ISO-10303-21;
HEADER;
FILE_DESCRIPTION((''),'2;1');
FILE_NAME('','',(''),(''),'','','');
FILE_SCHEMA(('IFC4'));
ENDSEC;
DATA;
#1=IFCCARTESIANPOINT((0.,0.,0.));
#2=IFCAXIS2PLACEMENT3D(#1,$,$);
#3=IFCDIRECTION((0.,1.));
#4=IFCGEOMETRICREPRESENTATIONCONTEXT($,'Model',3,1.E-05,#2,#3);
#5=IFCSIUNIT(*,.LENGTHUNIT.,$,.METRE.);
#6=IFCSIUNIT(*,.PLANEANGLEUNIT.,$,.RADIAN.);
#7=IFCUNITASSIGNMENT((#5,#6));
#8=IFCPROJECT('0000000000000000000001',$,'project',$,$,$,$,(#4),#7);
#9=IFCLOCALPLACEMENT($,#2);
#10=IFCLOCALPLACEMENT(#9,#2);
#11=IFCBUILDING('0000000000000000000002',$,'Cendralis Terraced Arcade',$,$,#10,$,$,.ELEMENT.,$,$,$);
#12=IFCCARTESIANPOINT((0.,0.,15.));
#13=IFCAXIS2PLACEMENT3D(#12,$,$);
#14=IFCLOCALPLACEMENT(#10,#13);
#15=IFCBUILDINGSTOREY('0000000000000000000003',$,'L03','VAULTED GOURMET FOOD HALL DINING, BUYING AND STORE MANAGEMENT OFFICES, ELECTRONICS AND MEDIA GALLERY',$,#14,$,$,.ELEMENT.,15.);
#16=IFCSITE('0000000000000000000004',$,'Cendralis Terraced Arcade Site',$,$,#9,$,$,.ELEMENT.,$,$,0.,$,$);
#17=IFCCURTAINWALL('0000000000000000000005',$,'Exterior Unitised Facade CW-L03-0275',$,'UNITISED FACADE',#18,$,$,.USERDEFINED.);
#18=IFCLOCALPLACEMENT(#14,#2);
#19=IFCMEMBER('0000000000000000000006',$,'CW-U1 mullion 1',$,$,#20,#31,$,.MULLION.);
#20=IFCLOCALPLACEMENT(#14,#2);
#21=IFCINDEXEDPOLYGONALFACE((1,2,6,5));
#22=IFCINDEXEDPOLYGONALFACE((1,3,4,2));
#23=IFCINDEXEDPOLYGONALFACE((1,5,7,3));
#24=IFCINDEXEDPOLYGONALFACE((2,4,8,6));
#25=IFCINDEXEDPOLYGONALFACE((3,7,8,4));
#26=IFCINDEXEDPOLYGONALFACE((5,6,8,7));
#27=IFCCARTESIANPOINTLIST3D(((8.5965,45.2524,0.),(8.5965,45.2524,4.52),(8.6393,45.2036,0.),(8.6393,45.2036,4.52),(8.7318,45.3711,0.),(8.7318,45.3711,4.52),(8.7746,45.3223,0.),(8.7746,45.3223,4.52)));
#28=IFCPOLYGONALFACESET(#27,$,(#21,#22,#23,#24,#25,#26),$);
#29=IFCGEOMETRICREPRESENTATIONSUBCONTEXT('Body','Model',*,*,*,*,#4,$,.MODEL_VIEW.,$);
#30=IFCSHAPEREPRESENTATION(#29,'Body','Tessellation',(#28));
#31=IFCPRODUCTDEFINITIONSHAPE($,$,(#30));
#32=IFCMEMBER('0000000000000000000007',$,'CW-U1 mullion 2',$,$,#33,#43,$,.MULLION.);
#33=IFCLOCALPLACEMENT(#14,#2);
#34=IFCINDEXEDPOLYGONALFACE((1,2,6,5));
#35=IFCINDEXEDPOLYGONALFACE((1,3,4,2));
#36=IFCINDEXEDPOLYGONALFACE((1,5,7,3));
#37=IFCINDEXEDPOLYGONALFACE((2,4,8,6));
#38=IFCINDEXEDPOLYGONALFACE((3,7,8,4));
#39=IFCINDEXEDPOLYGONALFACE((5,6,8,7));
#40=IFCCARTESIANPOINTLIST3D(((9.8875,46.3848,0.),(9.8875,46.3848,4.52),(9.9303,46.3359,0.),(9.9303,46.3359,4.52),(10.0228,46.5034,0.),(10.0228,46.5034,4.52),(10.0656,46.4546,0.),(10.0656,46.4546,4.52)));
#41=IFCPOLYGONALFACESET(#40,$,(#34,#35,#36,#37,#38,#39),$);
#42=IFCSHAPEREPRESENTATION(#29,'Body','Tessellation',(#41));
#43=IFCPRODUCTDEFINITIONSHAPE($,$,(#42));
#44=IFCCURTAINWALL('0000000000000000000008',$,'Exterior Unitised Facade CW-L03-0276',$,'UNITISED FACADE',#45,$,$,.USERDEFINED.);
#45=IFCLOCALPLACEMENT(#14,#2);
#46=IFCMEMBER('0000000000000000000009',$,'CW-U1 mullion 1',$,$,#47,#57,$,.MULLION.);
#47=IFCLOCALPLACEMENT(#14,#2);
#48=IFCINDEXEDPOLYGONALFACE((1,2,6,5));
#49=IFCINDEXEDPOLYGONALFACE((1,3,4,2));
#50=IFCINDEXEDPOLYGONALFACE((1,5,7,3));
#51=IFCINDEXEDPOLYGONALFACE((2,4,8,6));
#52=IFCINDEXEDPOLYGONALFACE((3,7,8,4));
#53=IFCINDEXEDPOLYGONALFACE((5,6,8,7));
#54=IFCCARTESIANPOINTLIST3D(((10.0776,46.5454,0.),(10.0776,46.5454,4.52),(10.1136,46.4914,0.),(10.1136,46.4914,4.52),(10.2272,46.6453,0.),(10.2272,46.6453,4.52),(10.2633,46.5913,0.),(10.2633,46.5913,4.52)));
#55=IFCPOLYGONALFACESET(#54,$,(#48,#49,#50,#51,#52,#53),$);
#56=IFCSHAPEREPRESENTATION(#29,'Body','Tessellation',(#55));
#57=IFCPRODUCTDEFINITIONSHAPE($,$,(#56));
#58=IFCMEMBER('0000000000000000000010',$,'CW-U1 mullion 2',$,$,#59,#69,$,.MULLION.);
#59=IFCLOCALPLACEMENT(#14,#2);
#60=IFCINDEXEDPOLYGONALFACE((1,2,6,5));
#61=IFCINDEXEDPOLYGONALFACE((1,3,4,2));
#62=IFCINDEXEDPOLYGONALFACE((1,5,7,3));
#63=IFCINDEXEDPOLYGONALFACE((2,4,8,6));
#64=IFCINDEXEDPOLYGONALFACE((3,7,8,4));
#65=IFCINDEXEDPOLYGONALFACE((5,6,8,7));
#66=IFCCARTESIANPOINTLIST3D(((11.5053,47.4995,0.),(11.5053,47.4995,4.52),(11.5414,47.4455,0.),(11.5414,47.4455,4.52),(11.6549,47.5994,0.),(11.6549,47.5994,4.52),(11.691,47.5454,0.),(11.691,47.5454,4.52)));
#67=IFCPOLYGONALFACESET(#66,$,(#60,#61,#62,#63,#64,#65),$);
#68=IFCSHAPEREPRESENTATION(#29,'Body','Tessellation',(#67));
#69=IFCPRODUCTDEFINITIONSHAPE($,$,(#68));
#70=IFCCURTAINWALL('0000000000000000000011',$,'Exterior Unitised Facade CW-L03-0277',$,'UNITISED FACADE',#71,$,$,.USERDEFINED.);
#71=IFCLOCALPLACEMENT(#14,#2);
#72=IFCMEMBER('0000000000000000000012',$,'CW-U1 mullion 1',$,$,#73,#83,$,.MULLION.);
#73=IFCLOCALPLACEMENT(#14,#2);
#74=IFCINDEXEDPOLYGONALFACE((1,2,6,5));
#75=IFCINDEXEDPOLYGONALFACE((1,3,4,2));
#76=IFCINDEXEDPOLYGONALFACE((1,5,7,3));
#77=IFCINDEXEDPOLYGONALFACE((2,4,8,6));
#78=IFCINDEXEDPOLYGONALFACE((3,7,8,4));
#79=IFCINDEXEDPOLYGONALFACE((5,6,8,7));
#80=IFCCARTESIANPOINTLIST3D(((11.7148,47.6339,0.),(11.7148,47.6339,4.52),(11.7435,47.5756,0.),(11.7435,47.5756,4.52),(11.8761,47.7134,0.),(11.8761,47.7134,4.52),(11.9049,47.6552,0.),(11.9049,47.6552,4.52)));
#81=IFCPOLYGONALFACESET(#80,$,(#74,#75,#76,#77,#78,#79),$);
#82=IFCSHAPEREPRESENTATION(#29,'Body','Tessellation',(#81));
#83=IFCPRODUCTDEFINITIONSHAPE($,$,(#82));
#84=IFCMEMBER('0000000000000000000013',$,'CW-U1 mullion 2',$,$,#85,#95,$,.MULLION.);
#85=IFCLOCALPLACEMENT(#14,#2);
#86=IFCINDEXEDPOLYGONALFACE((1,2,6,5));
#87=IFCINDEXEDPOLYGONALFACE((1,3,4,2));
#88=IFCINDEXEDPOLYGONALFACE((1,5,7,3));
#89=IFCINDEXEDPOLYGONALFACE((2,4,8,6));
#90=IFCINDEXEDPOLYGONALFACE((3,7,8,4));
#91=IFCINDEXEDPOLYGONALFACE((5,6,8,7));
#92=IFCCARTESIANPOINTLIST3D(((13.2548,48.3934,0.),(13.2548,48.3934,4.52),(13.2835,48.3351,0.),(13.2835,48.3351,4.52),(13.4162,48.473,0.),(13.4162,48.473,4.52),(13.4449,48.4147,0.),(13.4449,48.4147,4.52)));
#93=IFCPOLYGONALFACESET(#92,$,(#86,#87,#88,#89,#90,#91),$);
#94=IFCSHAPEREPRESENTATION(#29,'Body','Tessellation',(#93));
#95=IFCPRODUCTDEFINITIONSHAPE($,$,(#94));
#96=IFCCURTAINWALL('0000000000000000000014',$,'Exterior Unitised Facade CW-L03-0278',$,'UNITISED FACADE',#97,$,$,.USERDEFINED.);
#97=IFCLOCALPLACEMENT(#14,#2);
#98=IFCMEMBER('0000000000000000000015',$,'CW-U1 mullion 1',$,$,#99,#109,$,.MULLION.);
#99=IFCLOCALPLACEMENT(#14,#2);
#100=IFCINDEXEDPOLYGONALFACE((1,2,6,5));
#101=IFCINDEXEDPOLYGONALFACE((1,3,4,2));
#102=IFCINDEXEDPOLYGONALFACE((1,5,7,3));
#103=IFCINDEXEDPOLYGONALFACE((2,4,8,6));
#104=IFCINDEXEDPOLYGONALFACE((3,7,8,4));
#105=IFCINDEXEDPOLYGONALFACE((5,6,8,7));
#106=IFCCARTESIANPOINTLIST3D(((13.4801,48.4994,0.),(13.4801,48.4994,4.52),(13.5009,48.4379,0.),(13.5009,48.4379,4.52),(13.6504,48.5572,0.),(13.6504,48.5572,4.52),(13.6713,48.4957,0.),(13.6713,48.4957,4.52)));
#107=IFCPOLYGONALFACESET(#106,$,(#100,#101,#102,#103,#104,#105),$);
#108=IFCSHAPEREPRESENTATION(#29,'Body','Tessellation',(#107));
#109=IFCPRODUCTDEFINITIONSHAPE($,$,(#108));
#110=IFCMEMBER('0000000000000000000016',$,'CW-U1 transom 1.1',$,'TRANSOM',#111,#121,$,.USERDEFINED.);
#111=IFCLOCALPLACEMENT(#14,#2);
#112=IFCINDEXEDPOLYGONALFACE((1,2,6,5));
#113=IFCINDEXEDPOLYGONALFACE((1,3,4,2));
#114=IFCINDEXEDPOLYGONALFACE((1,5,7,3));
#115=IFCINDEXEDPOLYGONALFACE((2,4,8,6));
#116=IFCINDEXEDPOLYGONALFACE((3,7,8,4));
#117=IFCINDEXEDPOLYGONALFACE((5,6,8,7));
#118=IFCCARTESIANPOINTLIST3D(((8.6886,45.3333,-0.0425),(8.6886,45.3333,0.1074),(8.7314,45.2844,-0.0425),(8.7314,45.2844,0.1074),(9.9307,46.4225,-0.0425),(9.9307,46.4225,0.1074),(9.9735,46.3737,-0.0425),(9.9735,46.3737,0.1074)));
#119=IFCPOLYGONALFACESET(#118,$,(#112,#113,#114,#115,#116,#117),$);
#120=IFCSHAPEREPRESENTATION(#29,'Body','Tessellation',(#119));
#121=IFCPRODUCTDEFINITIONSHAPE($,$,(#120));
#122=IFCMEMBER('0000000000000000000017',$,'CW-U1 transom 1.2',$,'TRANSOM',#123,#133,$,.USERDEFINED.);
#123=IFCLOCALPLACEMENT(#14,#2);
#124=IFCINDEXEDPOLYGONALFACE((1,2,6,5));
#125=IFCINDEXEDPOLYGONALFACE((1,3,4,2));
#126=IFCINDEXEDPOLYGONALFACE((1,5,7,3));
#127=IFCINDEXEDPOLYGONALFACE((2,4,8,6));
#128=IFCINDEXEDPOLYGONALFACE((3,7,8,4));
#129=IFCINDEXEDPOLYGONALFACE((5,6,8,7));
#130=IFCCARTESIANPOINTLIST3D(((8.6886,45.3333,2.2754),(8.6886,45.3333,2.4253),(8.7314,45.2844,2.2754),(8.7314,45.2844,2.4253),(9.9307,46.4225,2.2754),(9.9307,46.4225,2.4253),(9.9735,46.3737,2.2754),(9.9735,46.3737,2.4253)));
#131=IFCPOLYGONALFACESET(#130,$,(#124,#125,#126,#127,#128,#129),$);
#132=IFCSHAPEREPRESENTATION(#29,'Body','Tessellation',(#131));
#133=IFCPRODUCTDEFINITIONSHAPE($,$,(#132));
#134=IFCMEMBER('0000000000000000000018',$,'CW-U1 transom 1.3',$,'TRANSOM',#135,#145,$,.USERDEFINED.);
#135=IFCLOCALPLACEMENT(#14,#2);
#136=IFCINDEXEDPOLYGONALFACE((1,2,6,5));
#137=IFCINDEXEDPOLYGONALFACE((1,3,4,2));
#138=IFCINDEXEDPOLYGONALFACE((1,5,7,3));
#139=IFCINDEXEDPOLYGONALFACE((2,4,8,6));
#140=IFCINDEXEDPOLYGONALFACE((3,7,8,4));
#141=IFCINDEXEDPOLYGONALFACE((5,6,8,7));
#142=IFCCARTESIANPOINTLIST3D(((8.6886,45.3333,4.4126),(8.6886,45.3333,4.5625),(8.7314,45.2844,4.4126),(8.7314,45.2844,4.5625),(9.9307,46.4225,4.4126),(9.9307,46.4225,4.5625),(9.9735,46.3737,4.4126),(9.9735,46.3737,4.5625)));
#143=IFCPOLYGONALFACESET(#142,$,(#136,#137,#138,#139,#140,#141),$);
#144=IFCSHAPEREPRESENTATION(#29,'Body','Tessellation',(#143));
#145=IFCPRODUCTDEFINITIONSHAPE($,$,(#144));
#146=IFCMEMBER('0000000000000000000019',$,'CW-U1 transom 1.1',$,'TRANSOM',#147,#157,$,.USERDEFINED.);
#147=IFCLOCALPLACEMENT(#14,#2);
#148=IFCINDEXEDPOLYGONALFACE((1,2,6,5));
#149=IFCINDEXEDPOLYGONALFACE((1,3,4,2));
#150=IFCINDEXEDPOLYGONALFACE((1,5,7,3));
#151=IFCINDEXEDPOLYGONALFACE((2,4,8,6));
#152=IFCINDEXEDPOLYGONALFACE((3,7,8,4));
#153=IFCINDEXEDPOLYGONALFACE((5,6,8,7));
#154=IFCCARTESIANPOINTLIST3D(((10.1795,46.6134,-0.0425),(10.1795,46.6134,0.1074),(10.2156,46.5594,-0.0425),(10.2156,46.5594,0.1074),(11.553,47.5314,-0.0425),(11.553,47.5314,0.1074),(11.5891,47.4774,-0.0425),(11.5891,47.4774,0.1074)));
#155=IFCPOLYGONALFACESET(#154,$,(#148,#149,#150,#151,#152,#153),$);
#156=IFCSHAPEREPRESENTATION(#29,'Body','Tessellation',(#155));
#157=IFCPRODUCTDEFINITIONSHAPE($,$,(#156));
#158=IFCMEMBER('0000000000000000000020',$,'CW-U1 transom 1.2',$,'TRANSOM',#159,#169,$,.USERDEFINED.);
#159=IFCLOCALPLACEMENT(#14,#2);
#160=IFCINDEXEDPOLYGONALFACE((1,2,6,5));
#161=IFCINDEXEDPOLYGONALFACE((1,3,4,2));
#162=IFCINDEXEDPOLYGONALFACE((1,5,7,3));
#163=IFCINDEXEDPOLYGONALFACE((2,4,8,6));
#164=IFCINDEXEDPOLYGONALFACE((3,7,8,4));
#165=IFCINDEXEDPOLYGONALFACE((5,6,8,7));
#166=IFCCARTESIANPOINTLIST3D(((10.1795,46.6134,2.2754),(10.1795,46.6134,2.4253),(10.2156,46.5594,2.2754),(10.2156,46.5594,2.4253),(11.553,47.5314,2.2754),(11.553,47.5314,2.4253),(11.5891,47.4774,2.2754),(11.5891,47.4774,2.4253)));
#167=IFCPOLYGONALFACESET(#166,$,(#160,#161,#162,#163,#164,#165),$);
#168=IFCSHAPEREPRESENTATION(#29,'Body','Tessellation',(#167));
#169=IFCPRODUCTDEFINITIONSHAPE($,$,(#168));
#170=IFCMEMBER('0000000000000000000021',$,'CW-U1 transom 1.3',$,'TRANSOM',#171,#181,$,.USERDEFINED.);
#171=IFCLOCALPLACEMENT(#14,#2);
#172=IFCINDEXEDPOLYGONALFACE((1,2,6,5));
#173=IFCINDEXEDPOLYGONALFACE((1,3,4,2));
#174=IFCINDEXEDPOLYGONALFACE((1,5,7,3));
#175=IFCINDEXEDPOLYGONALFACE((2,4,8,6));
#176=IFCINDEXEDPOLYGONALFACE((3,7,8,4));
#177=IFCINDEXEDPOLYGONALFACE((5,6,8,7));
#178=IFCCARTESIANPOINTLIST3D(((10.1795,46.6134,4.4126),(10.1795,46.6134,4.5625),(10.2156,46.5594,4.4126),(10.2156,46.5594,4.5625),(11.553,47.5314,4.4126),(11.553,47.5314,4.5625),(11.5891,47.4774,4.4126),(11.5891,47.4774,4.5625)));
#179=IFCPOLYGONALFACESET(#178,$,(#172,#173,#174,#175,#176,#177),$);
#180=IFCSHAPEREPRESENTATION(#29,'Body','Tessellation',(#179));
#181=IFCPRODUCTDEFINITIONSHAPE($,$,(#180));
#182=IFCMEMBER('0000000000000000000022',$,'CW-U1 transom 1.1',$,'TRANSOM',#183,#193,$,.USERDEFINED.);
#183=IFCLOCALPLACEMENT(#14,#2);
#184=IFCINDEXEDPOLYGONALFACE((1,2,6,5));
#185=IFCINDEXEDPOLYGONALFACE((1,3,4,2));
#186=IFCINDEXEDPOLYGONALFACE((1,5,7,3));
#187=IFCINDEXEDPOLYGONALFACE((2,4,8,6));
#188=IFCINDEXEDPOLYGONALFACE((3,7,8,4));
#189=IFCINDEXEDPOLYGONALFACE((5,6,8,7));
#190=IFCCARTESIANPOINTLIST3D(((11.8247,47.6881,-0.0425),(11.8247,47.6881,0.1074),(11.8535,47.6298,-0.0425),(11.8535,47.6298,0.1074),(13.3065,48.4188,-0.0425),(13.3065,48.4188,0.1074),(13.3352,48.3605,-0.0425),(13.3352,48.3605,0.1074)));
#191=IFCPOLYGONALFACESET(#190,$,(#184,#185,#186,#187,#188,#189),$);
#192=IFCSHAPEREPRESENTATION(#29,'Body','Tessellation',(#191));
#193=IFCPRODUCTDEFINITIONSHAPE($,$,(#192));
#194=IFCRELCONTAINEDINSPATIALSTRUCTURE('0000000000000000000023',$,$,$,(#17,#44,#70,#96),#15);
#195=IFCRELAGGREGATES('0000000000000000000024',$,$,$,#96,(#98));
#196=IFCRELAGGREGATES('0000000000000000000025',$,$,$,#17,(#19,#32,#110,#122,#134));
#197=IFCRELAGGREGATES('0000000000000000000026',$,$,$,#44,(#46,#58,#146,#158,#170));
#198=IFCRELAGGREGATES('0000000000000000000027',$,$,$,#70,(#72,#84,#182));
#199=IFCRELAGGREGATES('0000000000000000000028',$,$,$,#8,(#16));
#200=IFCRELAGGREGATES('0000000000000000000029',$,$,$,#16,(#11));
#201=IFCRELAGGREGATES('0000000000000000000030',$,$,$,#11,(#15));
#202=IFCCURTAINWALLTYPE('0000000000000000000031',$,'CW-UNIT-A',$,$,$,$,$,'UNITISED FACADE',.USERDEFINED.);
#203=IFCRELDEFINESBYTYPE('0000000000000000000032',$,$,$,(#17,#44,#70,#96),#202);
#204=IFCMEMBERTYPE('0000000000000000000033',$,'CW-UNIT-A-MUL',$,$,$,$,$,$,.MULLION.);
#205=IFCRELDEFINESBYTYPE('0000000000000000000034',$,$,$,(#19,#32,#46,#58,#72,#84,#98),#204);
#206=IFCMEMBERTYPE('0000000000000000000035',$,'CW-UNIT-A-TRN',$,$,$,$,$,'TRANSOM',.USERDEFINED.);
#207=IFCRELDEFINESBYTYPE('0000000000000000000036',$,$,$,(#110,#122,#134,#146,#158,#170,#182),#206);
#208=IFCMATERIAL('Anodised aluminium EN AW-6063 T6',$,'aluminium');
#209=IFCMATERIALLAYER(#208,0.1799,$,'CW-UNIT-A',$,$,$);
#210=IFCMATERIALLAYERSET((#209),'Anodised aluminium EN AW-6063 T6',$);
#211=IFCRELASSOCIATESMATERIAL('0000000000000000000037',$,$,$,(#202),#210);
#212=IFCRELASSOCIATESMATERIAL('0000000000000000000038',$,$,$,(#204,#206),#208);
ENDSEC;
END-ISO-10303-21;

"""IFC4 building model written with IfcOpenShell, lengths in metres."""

from ifc_helpers import new_model, si_unit, direction, frame, origin, origin_2d, place, context, subcontext, project, spatial, rectangle, extrude, material, layer, layer_set, material_profile, profile_set, type_object, element, aggregate, save


model = new_model("IFC4")

# Units and contexts
model_context = context("Model", 3, precision=1e-05, world=origin(), true_north=direction((0.0, 1.0)))
body_context = subcontext(model_context, "Body", "Model", "MODEL_VIEW")
ifc_project = project(units=[si_unit("LENGTHUNIT", "METRE"), si_unit("PLANEANGLEUNIT", "RADIAN")], contexts=[model_context])

# Site, building, storey
site_placement = place(None, origin())
site = spatial("IfcSite", under=ifc_project, at=site_placement, Name="Cendralis Terraced Arcade Site", CompositionType="ELEMENT", RefElevation=0.0)
building_placement = place(site_placement, origin())
building = spatial("IfcBuilding", under=site, at=building_placement, Name="Cendralis Terraced Arcade", CompositionType="ELEMENT")
storey_placement = place(building_placement, frame((0.0, 0.0, 15.0)))
storey = spatial("IfcBuildingStorey", under=building, at=storey_placement, Name="L03", Description="VAULTED GOURMET FOOD HALL DINING, BUYING AND STORE MANAGEMENT OFFICES, ELECTRONICS AND MEDIA GALLERY", CompositionType="ELEMENT", Elevation=15.0)

# Curtain walls, members
ifc_material_1 = material(Name="Anodised aluminium EN AW-6063 T6", Category="aluminium")
ifc_layer_1 = layer(ifc_material_1, 0.1799, Name="CW-UNIT-A")
ifc_layer_set_1 = layer_set([ifc_layer_1], Name="Anodised aluminium EN AW-6063 T6")
curtain_wall_type = type_object("IfcCurtainWallType", Name="CW-UNIT-A", ElementType="UNITISED FACADE", PredefinedType="USERDEFINED", material=ifc_layer_set_1)
curtain_wall_1_placement = place(storey_placement, origin())
curtain_wall_1 = element("IfcCurtainWall", 1, at=curtain_wall_1_placement, inside=storey, type_object=curtain_wall_type, Name="Exterior Unitised Facade CW-L03-0275", ObjectType="UNITISED FACADE", PredefinedType="USERDEFINED")
ifc_material_profile_1 = material_profile(ifc_material_1, rectangle(XDim=0.0649, YDim=0.1799, at=origin_2d()), Name="ALU-MUL-65x180")
ifc_profile_set_1 = profile_set([ifc_material_profile_1], Name="Anodised aluminium EN AW-6063 T6")
member_type_1 = type_object("IfcMemberType", Name="CW-UNIT-A-MUL", PredefinedType="MULLION", material=ifc_profile_set_1)
member_1_placement = place(storey_placement, frame((8.6855, 45.2874, 0.0), z_axis=(0.0, 0.0, 1.0), x_axis=(-0.659386, 0.751804, 0.0)))
member_1 = element("IfcMember", 2, at=member_1_placement, type_object=member_type_1, Name="CW-U1 mullion 1", PredefinedType="MULLION", context=body_context, shape_type="SweptSolid", body=[
    extrude(rectangle(XDim=0.0649, YDim=0.1799, at=origin_2d()), origin(), (0.0, 0.0, 1.0), 4.52),
])
member_2_placement = place(storey_placement, frame((9.9766, 46.4197, 0.0), z_axis=(0.0, 0.0, 1.0), x_axis=(-0.659386, 0.751804, 0.0)))
member_2 = element("IfcMember", 3, at=member_2_placement, type_object=member_type_1, Name="CW-U1 mullion 2", PredefinedType="MULLION", context=body_context, shape_type="SweptSolid", body=[
    extrude(rectangle(XDim=0.0649, YDim=0.1799, at=origin_2d()), origin(), (0.0, 0.0, 1.0), 4.52),
])
curtain_wall_2_placement = place(storey_placement, origin())
curtain_wall_2 = element("IfcCurtainWall", 4, at=curtain_wall_2_placement, inside=storey, type_object=curtain_wall_type, Name="Exterior Unitised Facade CW-L03-0276", ObjectType="UNITISED FACADE", PredefinedType="USERDEFINED")
member_3_placement = place(storey_placement, frame((10.1704, 46.5684, 0.0), z_axis=(0.0, 0.0, 1.0), x_axis=(-0.555567, 0.831471, 0.0)))
member_3 = element("IfcMember", 5, at=member_3_placement, type_object=member_type_1, Name="CW-U1 mullion 1", PredefinedType="MULLION", context=body_context, shape_type="SweptSolid", body=[
    extrude(rectangle(XDim=0.0649, YDim=0.1799, at=origin_2d()), origin(), (0.0, 0.0, 1.0), 4.52),
])
member_4_placement = place(storey_placement, frame((11.5981, 47.5225, 0.0), z_axis=(0.0, 0.0, 1.0), x_axis=(-0.555567, 0.831471, 0.0)))
member_4 = element("IfcMember", 6, at=member_4_placement, type_object=member_type_1, Name="CW-U1 mullion 2", PredefinedType="MULLION", context=body_context, shape_type="SweptSolid", body=[
    extrude(rectangle(XDim=0.0649, YDim=0.1799, at=origin_2d()), origin(), (0.0, 0.0, 1.0), 4.52),
])
curtain_wall_3_placement = place(storey_placement, origin())
curtain_wall_3 = element("IfcCurtainWall", 7, at=curtain_wall_3_placement, inside=storey, type_object=curtain_wall_type, Name="Exterior Unitised Facade CW-L03-0277", ObjectType="UNITISED FACADE", PredefinedType="USERDEFINED")
member_5_placement = place(storey_placement, frame((11.8098, 47.6445, 0.0), z_axis=(0.0, 0.0, 1.0), x_axis=(-0.442291, 0.896871, 0.0)))
member_5 = element("IfcMember", 8, at=member_5_placement, type_object=member_type_1, Name="CW-U1 mullion 1", PredefinedType="MULLION", context=body_context, shape_type="SweptSolid", body=[
    extrude(rectangle(XDim=0.0649, YDim=0.1799, at=origin_2d()), origin(), (0.0, 0.0, 1.0), 4.52),
])
member_6_placement = place(storey_placement, frame((13.3499, 48.4041, 0.0), z_axis=(0.0, 0.0, 1.0), x_axis=(-0.442291, 0.896871, 0.0)))
member_6 = element("IfcMember", 9, at=member_6_placement, type_object=member_type_1, Name="CW-U1 mullion 2", PredefinedType="MULLION", context=body_context, shape_type="SweptSolid", body=[
    extrude(rectangle(XDim=0.0649, YDim=0.1799, at=origin_2d()), origin(), (0.0, 0.0, 1.0), 4.52),
])

# Curtain wall, member
curtain_wall_4_placement = place(storey_placement, origin())
curtain_wall_4 = element("IfcCurtainWall", 10, at=curtain_wall_4_placement, inside=storey, type_object=curtain_wall_type, Name="Exterior Unitised Facade CW-L03-0278", ObjectType="UNITISED FACADE", PredefinedType="USERDEFINED")
member_7_placement = place(storey_placement, frame((13.5757, 48.4976, 0.0), z_axis=(0.0, 0.0, 1.0), x_axis=(-0.321458, 0.946924, 0.0)))
member_7 = element("IfcMember", 11, at=member_7_placement, type_object=member_type_1, Name="CW-U1 mullion 1", PredefinedType="MULLION", context=body_context, shape_type="SweptSolid", body=[
    extrude(rectangle(XDim=0.0649, YDim=0.1799, at=origin_2d()), origin(), (0.0, 0.0, 1.0), 4.52),
])

# Members
ifc_material_profile_2 = material_profile(ifc_material_1, rectangle(XDim=0.0649, YDim=0.1499, at=origin_2d()), Name="ALU-TRN-65x150")
ifc_profile_set_2 = profile_set([ifc_material_profile_2], Name="Anodised aluminium EN AW-6063 T6")
member_type_2 = type_object("IfcMemberType", Name="CW-UNIT-A-TRN", ElementType="TRANSOM", PredefinedType="USERDEFINED", material=ifc_profile_set_2)
member_8_placement = place(storey_placement, frame((8.71, 45.3088, 0.0325), z_axis=(0.751844, 0.659341, 0.0), x_axis=(-0.659341, 0.751844, 0.0)))
member_8 = element("IfcMember", 12, at=member_8_placement, type_object=member_type_2, Name="CW-U1 transom 1.1", ObjectType="TRANSOM", PredefinedType="USERDEFINED", context=body_context, shape_type="SweptSolid", body=[
    extrude(rectangle(XDim=0.0649, YDim=0.1499, at=origin_2d()), origin(), (0.0, 0.0, 1.0), 1.6521),
])
member_9_placement = place(storey_placement, frame((8.71, 45.3088, 2.3503), z_axis=(0.751844, 0.659341, 0.0), x_axis=(-0.659341, 0.751844, 0.0)))
member_9 = element("IfcMember", 13, at=member_9_placement, type_object=member_type_2, Name="CW-U1 transom 1.2", ObjectType="TRANSOM", PredefinedType="USERDEFINED", context=body_context, shape_type="SweptSolid", body=[
    extrude(rectangle(XDim=0.0649, YDim=0.1499, at=origin_2d()), origin(), (0.0, 0.0, 1.0), 1.6521),
])
member_10_placement = place(storey_placement, frame((8.71, 45.3088, 4.4875), z_axis=(0.751844, 0.659341, 0.0), x_axis=(-0.659341, 0.751844, 0.0)))
member_10 = element("IfcMember", 14, at=member_10_placement, type_object=member_type_2, Name="CW-U1 transom 1.3", ObjectType="TRANSOM", PredefinedType="USERDEFINED", context=body_context, shape_type="SweptSolid", body=[
    extrude(rectangle(XDim=0.0649, YDim=0.1499, at=origin_2d()), origin(), (0.0, 0.0, 1.0), 1.6521),
])
member_11_placement = place(storey_placement, frame((10.1975, 46.5864, 0.0325), z_axis=(0.831413, 0.555655, 0.0), x_axis=(-0.555655, 0.831413, 0.0)))
member_11 = element("IfcMember", 15, at=member_11_placement, type_object=member_type_2, Name="CW-U1 transom 1.1", ObjectType="TRANSOM", PredefinedType="USERDEFINED", context=body_context, shape_type="SweptSolid", body=[
    extrude(rectangle(XDim=0.0649, YDim=0.1499, at=origin_2d()), origin(), (0.0, 0.0, 1.0), 1.6521),
])
member_12_placement = place(storey_placement, frame((10.1975, 46.5864, 2.3503), z_axis=(0.831413, 0.555655, 0.0), x_axis=(-0.555655, 0.831413, 0.0)))
member_12 = element("IfcMember", 16, at=member_12_placement, type_object=member_type_2, Name="CW-U1 transom 1.2", ObjectType="TRANSOM", PredefinedType="USERDEFINED", context=body_context, shape_type="SweptSolid", body=[
    extrude(rectangle(XDim=0.0649, YDim=0.1499, at=origin_2d()), origin(), (0.0, 0.0, 1.0), 1.6521),
])
member_13_placement = place(storey_placement, frame((10.1975, 46.5864, 4.4875), z_axis=(0.831413, 0.555655, 0.0), x_axis=(-0.555655, 0.831413, 0.0)))
member_13 = element("IfcMember", 17, at=member_13_placement, type_object=member_type_2, Name="CW-U1 transom 1.3", ObjectType="TRANSOM", PredefinedType="USERDEFINED", context=body_context, shape_type="SweptSolid", body=[
    extrude(rectangle(XDim=0.0649, YDim=0.1499, at=origin_2d()), origin(), (0.0, 0.0, 1.0), 1.6521),
])
member_14_placement = place(storey_placement, frame((11.8391, 47.6589, 0.0325), z_axis=(0.896867, 0.442301, 0.0), x_axis=(-0.442301, 0.896867, 0.0)))
member_14 = element("IfcMember", 18, at=member_14_placement, type_object=member_type_2, Name="CW-U1 transom 1.1", ObjectType="TRANSOM", PredefinedType="USERDEFINED", context=body_context, shape_type="SweptSolid", body=[
    extrude(rectangle(XDim=0.0649, YDim=0.1499, at=origin_2d()), origin(), (0.0, 0.0, 1.0), 1.6521),
])
aggregate(curtain_wall_4, [member_7])

aggregate(curtain_wall_1, [member_1, member_2, member_8, member_9, member_10])
aggregate(curtain_wall_2, [member_3, member_4, member_11, member_12, member_13])
aggregate(curtain_wall_3, [member_5, member_6, member_14])

save(model, "model.ifc")
